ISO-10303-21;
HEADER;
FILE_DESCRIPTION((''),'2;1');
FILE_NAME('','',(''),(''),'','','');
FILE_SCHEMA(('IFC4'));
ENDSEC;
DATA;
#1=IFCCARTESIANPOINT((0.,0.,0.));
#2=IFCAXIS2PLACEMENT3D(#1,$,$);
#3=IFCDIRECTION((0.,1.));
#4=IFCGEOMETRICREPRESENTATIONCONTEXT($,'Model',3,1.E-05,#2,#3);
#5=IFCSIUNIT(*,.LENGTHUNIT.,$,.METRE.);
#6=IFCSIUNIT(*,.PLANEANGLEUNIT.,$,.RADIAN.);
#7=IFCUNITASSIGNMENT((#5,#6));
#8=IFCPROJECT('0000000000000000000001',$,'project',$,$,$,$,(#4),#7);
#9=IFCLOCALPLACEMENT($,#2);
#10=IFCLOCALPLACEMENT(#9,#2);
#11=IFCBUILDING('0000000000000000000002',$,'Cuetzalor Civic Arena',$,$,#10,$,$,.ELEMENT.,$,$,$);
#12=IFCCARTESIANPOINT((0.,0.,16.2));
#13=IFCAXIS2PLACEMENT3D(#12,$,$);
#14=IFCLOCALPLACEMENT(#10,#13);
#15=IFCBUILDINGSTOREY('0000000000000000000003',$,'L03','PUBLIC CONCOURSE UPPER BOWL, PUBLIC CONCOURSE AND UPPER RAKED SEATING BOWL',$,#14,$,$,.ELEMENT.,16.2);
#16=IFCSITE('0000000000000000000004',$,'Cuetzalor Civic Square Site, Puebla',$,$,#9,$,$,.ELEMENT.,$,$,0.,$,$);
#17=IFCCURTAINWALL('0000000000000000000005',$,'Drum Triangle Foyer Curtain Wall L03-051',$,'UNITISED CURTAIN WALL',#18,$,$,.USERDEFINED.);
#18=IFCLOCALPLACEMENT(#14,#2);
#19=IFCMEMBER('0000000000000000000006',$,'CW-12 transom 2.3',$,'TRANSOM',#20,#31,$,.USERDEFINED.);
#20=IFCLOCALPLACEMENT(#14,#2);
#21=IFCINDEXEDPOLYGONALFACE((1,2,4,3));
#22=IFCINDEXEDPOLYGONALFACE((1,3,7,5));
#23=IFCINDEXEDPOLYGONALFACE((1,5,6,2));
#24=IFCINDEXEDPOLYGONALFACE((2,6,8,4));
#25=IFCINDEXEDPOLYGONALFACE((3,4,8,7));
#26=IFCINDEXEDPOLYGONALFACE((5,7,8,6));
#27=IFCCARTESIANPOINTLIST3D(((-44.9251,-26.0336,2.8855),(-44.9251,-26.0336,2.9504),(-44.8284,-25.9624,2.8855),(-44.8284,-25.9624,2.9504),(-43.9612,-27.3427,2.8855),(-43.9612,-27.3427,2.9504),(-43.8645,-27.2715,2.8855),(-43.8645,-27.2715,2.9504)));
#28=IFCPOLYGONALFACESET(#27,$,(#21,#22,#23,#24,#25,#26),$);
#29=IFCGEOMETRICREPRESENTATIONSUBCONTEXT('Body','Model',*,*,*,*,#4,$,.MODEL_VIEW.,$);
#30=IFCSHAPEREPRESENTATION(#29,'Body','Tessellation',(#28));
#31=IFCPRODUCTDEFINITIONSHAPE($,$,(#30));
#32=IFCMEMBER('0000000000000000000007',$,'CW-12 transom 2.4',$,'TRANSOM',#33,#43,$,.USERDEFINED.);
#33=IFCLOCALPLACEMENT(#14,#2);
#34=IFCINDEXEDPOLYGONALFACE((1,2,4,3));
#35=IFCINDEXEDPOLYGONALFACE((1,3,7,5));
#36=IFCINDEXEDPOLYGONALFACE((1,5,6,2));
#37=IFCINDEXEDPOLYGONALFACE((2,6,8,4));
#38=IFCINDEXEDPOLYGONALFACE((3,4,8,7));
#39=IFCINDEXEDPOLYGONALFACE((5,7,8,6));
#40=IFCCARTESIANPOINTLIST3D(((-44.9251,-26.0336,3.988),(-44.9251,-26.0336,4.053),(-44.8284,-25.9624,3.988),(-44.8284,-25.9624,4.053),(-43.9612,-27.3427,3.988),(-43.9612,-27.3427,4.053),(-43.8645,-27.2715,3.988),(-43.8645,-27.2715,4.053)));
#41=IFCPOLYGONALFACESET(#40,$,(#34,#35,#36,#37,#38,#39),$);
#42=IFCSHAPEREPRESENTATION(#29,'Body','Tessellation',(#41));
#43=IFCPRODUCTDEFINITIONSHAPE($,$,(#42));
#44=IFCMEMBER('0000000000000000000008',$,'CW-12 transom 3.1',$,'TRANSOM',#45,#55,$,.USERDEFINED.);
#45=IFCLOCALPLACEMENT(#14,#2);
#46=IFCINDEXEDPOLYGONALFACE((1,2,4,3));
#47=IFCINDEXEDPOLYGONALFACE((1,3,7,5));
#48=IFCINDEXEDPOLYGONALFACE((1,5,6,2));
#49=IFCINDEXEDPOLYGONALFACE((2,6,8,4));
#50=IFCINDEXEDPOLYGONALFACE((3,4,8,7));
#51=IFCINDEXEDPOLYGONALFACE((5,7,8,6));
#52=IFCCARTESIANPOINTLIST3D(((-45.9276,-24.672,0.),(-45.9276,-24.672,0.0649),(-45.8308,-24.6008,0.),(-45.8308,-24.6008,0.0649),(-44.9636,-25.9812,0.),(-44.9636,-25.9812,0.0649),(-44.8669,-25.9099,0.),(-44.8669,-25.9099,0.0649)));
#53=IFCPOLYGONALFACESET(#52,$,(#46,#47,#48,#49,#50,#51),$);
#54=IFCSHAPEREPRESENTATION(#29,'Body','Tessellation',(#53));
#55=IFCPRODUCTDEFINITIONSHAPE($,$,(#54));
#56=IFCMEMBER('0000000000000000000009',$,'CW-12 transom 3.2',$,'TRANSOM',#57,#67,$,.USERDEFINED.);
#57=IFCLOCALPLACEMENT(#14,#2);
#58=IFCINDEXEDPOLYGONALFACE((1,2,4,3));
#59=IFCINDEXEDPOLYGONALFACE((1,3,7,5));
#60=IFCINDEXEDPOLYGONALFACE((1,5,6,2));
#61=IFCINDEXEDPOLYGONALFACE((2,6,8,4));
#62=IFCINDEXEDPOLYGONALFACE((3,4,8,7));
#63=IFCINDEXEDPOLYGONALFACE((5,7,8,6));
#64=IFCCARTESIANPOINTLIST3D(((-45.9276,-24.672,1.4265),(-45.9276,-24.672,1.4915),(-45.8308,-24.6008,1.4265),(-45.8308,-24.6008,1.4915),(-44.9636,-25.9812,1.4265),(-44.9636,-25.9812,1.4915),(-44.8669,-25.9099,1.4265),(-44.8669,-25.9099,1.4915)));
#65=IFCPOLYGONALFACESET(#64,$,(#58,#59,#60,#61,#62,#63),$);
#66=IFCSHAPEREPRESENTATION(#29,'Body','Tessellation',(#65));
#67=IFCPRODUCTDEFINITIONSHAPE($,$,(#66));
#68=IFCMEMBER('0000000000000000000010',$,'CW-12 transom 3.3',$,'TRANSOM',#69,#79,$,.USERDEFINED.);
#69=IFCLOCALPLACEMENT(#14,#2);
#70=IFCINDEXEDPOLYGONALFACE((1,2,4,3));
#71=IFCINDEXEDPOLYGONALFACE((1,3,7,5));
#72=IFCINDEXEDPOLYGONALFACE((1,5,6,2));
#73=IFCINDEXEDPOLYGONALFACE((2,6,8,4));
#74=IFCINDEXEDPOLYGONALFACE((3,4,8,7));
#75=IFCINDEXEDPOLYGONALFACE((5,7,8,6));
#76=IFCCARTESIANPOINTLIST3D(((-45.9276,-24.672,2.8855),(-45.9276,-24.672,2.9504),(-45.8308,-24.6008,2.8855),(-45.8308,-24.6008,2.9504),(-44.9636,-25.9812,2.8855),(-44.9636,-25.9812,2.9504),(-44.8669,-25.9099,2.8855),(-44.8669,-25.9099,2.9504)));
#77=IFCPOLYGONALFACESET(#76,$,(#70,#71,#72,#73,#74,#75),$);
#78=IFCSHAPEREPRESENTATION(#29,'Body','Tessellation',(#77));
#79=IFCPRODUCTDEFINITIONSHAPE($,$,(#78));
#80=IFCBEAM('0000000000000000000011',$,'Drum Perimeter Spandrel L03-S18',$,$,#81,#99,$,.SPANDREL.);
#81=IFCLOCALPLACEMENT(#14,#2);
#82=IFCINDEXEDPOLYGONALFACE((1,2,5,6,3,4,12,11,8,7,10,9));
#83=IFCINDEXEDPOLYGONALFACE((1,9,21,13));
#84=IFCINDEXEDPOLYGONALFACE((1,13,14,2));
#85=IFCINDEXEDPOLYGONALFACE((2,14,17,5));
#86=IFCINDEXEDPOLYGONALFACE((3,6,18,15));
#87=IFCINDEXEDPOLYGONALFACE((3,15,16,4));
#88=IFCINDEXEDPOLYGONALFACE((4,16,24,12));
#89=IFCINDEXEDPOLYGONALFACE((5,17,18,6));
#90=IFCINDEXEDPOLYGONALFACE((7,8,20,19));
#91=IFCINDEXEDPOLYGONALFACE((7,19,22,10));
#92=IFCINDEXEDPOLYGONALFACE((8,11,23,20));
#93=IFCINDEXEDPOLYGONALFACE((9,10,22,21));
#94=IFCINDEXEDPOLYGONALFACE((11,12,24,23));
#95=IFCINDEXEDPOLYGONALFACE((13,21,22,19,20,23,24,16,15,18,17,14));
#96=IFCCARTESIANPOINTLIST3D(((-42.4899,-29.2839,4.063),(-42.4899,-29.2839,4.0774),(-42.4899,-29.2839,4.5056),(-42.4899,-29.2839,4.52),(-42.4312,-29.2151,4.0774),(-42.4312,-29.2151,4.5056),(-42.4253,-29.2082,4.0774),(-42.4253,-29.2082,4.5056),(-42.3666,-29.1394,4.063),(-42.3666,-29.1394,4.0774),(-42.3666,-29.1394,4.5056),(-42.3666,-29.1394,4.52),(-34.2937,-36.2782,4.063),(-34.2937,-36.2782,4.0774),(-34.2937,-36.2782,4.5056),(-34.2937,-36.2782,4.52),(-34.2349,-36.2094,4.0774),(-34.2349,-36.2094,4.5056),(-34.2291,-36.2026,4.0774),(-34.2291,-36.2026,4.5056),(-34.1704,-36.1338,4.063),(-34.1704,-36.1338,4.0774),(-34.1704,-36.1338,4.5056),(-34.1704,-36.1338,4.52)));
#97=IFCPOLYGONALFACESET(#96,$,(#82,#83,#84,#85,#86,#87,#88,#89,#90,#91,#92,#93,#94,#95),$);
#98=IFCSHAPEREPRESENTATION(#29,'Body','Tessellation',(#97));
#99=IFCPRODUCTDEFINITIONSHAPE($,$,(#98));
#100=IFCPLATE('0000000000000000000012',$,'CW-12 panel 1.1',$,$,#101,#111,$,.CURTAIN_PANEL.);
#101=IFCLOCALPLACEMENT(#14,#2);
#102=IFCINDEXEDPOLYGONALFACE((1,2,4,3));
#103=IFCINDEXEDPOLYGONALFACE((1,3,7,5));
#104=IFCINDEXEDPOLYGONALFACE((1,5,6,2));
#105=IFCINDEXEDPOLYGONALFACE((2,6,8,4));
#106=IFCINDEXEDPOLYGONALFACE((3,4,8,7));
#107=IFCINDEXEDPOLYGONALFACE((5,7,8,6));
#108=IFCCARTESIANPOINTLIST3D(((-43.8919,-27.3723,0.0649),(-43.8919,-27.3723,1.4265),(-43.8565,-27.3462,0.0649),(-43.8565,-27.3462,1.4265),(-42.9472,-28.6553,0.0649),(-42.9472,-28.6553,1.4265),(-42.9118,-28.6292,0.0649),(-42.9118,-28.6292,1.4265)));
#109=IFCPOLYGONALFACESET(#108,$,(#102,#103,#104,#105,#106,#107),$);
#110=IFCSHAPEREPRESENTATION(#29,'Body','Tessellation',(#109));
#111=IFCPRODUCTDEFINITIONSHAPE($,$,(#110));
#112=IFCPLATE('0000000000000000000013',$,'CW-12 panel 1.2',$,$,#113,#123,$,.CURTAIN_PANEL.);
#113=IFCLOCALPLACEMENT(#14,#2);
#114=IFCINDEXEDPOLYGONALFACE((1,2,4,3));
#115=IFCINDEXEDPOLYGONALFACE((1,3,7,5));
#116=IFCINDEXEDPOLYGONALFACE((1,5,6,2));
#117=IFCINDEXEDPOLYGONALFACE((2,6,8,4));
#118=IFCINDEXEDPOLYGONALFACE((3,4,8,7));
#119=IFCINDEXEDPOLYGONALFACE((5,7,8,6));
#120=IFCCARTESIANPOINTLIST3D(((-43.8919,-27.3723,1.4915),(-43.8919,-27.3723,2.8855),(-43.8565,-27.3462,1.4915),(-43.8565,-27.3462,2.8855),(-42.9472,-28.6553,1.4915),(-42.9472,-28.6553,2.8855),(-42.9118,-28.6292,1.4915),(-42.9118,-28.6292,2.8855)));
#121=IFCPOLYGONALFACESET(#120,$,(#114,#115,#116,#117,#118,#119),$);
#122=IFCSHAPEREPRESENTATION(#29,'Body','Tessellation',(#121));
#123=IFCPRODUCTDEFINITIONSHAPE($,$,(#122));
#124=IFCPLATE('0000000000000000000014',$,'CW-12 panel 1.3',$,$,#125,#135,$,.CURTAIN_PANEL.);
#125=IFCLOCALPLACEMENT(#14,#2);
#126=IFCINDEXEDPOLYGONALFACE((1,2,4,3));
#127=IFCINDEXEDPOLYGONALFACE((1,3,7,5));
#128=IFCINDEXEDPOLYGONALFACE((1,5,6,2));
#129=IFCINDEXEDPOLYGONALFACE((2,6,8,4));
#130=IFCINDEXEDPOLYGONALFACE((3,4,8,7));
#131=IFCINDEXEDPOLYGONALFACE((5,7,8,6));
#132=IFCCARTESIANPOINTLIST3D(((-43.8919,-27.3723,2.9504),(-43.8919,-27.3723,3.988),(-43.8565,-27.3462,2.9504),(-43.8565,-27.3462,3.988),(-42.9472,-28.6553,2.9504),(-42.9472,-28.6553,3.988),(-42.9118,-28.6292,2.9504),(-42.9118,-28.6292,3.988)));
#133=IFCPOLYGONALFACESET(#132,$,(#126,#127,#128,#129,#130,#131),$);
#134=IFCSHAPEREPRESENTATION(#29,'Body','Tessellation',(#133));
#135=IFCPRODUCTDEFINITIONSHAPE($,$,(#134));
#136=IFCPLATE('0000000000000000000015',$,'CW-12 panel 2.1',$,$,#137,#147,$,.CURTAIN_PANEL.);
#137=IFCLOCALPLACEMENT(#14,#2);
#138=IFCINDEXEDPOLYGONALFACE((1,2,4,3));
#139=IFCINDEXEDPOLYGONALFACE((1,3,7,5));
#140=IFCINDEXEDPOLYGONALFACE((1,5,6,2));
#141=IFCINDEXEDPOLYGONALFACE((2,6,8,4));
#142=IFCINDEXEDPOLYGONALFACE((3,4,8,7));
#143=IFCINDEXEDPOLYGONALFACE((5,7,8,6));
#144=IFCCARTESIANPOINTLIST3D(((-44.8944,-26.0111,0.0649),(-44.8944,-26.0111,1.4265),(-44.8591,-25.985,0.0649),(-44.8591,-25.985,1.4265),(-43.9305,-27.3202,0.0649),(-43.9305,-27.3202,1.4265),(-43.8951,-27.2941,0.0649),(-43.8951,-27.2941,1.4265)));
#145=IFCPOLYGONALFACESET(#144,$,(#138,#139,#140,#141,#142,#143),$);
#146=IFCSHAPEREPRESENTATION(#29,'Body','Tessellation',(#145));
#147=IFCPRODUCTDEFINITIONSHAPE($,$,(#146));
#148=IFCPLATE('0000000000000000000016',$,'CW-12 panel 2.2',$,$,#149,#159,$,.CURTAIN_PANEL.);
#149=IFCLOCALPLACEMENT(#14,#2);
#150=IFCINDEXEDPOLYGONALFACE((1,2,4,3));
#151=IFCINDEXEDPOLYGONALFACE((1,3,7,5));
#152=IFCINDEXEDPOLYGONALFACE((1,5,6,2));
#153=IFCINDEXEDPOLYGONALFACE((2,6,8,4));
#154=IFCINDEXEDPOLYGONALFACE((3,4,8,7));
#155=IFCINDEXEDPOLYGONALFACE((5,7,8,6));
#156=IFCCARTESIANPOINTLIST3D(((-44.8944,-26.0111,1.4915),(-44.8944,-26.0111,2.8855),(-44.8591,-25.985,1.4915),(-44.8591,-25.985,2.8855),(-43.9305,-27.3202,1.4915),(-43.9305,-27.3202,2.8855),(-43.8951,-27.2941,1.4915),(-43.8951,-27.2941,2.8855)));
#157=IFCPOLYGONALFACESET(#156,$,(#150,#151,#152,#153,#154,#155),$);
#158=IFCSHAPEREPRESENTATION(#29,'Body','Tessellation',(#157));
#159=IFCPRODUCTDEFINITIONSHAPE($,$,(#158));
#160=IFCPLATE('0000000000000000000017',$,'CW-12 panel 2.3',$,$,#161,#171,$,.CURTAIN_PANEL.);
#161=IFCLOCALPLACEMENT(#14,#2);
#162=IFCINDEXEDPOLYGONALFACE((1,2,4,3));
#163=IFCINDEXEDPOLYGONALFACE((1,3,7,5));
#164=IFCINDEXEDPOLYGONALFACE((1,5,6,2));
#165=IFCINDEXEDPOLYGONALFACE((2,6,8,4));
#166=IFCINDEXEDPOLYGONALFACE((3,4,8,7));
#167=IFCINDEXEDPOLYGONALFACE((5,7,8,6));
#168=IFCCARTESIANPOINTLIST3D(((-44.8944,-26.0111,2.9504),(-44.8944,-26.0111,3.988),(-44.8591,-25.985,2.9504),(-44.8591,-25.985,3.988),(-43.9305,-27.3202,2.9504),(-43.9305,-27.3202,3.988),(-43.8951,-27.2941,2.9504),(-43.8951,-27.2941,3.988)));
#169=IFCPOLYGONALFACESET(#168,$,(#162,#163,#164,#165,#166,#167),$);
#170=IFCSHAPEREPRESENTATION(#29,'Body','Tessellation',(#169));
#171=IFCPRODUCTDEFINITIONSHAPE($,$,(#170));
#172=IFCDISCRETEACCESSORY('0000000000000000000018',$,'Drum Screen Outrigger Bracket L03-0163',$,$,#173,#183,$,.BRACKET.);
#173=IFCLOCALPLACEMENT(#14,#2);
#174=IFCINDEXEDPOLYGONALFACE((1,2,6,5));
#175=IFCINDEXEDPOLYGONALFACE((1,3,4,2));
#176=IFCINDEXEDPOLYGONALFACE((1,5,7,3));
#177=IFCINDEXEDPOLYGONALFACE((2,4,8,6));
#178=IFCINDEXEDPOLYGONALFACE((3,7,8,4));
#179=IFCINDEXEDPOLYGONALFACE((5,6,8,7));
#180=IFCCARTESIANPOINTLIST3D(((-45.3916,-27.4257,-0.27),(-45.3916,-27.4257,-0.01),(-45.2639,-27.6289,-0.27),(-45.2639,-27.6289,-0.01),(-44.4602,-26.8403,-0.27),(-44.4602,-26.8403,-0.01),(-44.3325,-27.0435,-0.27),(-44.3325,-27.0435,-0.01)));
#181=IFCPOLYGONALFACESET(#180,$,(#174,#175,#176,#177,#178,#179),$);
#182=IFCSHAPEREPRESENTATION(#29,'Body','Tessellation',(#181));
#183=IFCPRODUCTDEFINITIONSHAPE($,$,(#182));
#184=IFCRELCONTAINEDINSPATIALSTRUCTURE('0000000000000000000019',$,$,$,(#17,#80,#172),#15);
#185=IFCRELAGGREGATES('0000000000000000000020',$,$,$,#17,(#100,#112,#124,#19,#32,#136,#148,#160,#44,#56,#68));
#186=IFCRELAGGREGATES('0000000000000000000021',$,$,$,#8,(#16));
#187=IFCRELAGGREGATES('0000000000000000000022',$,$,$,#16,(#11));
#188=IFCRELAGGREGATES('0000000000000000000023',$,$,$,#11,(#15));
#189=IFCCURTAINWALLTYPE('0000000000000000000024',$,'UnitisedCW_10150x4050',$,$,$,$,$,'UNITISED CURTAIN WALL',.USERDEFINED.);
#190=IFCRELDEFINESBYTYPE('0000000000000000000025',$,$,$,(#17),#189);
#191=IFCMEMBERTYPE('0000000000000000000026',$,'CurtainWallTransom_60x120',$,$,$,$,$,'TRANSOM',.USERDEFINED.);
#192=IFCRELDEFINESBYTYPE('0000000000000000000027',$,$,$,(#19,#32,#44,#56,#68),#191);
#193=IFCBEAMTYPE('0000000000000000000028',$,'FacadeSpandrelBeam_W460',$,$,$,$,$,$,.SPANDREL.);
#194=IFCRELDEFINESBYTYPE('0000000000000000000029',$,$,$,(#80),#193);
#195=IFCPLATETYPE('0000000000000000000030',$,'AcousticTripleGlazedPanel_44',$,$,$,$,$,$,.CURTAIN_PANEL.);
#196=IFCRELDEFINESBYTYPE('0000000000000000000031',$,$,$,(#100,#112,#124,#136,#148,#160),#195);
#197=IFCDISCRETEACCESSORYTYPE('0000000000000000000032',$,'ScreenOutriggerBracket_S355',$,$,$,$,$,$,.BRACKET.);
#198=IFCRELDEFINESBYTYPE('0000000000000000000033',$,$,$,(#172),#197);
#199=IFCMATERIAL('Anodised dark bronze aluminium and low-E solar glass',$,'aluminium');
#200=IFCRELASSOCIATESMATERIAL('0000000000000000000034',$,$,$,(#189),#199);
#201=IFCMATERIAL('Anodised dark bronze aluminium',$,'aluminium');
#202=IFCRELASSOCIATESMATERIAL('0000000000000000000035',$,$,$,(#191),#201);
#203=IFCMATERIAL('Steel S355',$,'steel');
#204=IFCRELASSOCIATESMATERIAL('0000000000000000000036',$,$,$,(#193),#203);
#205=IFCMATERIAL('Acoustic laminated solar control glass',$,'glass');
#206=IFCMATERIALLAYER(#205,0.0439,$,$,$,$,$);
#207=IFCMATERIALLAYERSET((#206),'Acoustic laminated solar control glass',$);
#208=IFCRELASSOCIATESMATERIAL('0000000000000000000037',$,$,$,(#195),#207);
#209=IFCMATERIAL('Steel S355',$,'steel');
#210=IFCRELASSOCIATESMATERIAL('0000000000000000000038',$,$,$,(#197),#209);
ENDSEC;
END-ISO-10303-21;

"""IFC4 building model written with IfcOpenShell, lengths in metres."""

from ifc_helpers import new_model, si_unit, direction, frame, origin, origin_2d, place, context, subcontext, project, spatial, rectangle, i_section, extrude, material, layer, layer_set, material_profile, profile_set, type_object, element, aggregate, save


model = new_model("IFC4")

# Units and contexts
model_context = context("Model", 3, precision=1e-05, world=origin(), true_north=direction((0.0, 1.0)))
body_context = subcontext(model_context, "Body", "Model", "MODEL_VIEW")
ifc_project = project(units=[si_unit("LENGTHUNIT", "METRE"), si_unit("PLANEANGLEUNIT", "RADIAN")], contexts=[model_context])

# Site, building, storey
site_placement = place(None, origin())
site = spatial("IfcSite", under=ifc_project, at=site_placement, Name="Cuetzalor Civic Square Site, Puebla", CompositionType="ELEMENT", RefElevation=0.0)
building_placement = place(site_placement, origin())
building = spatial("IfcBuilding", under=site, at=building_placement, Name="Cuetzalor Civic Arena", CompositionType="ELEMENT")
storey_placement = place(building_placement, frame((0.0, 0.0, 16.2)))
storey = spatial("IfcBuildingStorey", under=building, at=storey_placement, Name="L03", Description="PUBLIC CONCOURSE UPPER BOWL, PUBLIC CONCOURSE AND UPPER RAKED SEATING BOWL", CompositionType="ELEMENT", Elevation=16.2)

# Curtain wall, members
ifc_material_1 = material(Name="Anodised dark bronze aluminium and low-E solar glass", Category="aluminium")
curtain_wall_type = type_object("IfcCurtainWallType", Name="UnitisedCW_10150x4050", ElementType="UNITISED CURTAIN WALL", PredefinedType="USERDEFINED", material=ifc_material_1)
curtain_wall_placement = place(storey_placement, origin())
curtain_wall = element("IfcCurtainWall", 1, at=curtain_wall_placement, inside=storey, type_object=curtain_wall_type, Name="Drum Triangle Foyer Curtain Wall L03-051", ObjectType="UNITISED CURTAIN WALL", PredefinedType="USERDEFINED")
ifc_material_2 = material(Name="Anodised dark bronze aluminium", Category="aluminium")
ifc_material_profile_1 = material_profile(ifc_material_2, rectangle(XDim=0.1201, YDim=0.0649, at=origin_2d()), Name="ALU TRANSOM 65x120")
ifc_profile_set_1 = profile_set([ifc_material_profile_1], Name="Anodised dark bronze aluminium")
member_type_1 = type_object("IfcMemberType", Name="CurtainWallTransom_60x120", ElementType="TRANSOM", PredefinedType="USERDEFINED", material=ifc_profile_set_1)
member_1_placement = place(storey_placement, frame((-43.9128, -27.3071, 2.918), z_axis=(-0.592912, 0.805267, 0.0), x_axis=(-0.805267, -0.592912, 0.0)))
member_1 = element("IfcMember", 2, at=member_1_placement, type_object=member_type_1, Name="CW-12 transom 2.3", ObjectType="TRANSOM", PredefinedType="USERDEFINED", context=body_context, shape_type="SweptSolid", body=[
    extrude(rectangle(XDim=0.1201, YDim=0.0649, at=origin_2d()), origin(), (0.0, 0.0, 1.0), 1.6257),
])
member_2_placement = place(storey_placement, frame((-43.9128, -27.3071, 4.0205), z_axis=(-0.592912, 0.805267, 0.0), x_axis=(-0.805267, -0.592912, 0.0)))
member_2 = element("IfcMember", 3, at=member_2_placement, type_object=member_type_1, Name="CW-12 transom 2.4", ObjectType="TRANSOM", PredefinedType="USERDEFINED", context=body_context, shape_type="SweptSolid", body=[
    extrude(rectangle(XDim=0.1201, YDim=0.0649, at=origin_2d()), origin(), (0.0, 0.0, 1.0), 1.6257),
])
member_3_placement = place(storey_placement, frame((-44.9153, -25.9456, 0.0325), z_axis=(-0.592912, 0.805267, 0.0), x_axis=(-0.805267, -0.592912, 0.0)))
member_3 = element("IfcMember", 4, at=member_3_placement, type_object=member_type_1, Name="CW-12 transom 3.1", ObjectType="TRANSOM", PredefinedType="USERDEFINED", context=body_context, shape_type="SweptSolid", body=[
    extrude(rectangle(XDim=0.1201, YDim=0.0649, at=origin_2d()), origin(), (0.0, 0.0, 1.0), 1.6257),
])
member_4_placement = place(storey_placement, frame((-44.9153, -25.9456, 1.459), z_axis=(-0.592912, 0.805267, 0.0), x_axis=(-0.805267, -0.592912, 0.0)))
member_4 = element("IfcMember", 5, at=member_4_placement, type_object=member_type_1, Name="CW-12 transom 3.2", ObjectType="TRANSOM", PredefinedType="USERDEFINED", context=body_context, shape_type="SweptSolid", body=[
    extrude(rectangle(XDim=0.1201, YDim=0.0649, at=origin_2d()), origin(), (0.0, 0.0, 1.0), 1.6257),
])
member_5_placement = place(storey_placement, frame((-44.9153, -25.9456, 2.918), z_axis=(-0.592912, 0.805267, 0.0), x_axis=(-0.805267, -0.592912, 0.0)))
member_5 = element("IfcMember", 6, at=member_5_placement, type_object=member_type_1, Name="CW-12 transom 3.3", ObjectType="TRANSOM", PredefinedType="USERDEFINED", context=body_context, shape_type="SweptSolid", body=[
    extrude(rectangle(XDim=0.1201, YDim=0.0649, at=origin_2d()), origin(), (0.0, 0.0, 1.0), 1.6257),
])

# Beam
ifc_material_3 = material(Name="Steel S355", Category="steel")
ifc_material_profile_2 = material_profile(ifc_material_3, i_section(OverallWidth=0.1899, OverallDepth=0.457, WebThickness=0.009, FlangeThickness=0.0144, at=origin_2d()), Name="W460x74")
ifc_profile_set_2 = profile_set([ifc_material_profile_2], Name="Steel S355")
beam_type = type_object("IfcBeamType", Name="FacadeSpandrelBeam_W460", PredefinedType="SPANDREL", material=ifc_profile_set_2)
beam_placement = place(storey_placement, frame((-42.4282, -29.2117, 4.2915), z_axis=(0.760677, -0.649131, 0.0), x_axis=(0.649131, 0.760677, 0.0)))
element("IfcBeam", 7, at=beam_placement, inside=storey, type_object=beam_type, Name="Drum Perimeter Spandrel L03-S18", PredefinedType="SPANDREL", context=body_context, shape_type="SweptSolid", body=[
    extrude(i_section(OverallWidth=0.1899, OverallDepth=0.457, WebThickness=0.009, FlangeThickness=0.0144, at=origin_2d()), origin(), (0.0, 0.0, 1.0), 10.7749),
])

# Plates
ifc_material_4 = material(Name="Acoustic laminated solar control glass", Category="glass")
ifc_layer = layer(ifc_material_4, 0.0439)
ifc_layer_set = layer_set([ifc_layer], Name="Acoustic laminated solar control glass")
plate_type = type_object("IfcPlateType", Name="AcousticTripleGlazedPanel_44", PredefinedType="CURTAIN_PANEL", material=ifc_layer_set)
plate_1_placement = place(storey_placement, frame((-43.4019, -28.0007, 0.0649), z_axis=(0.0, 0.0, 1.0), x_axis=(-0.592929, 0.805255, 0.0)))
plate_1 = element("IfcPlate", 8, at=plate_1_placement, type_object=plate_type, Name="CW-12 panel 1.1", PredefinedType="CURTAIN_PANEL", context=body_context, shape_type="SweptSolid", body=[
    extrude(rectangle(XDim=1.5933, YDim=0.0439, at=origin_2d()), origin(), (0.0, 0.0, 1.0), 1.3616),
])
plate_2_placement = place(storey_placement, frame((-43.4019, -28.0007, 1.4915), z_axis=(0.0, 0.0, 1.0), x_axis=(-0.592929, 0.805255, 0.0)))
plate_2 = element("IfcPlate", 9, at=plate_2_placement, type_object=plate_type, Name="CW-12 panel 1.2", PredefinedType="CURTAIN_PANEL", context=body_context, shape_type="SweptSolid", body=[
    extrude(rectangle(XDim=1.5933, YDim=0.0439, at=origin_2d()), origin(), (0.0, 0.0, 1.0), 1.394),
])
plate_3_placement = place(storey_placement, frame((-43.4019, -28.0007, 2.9504), z_axis=(0.0, 0.0, 1.0), x_axis=(-0.592929, 0.805255, 0.0)))
plate_3 = element("IfcPlate", 10, at=plate_3_placement, type_object=plate_type, Name="CW-12 panel 1.3", PredefinedType="CURTAIN_PANEL", context=body_context, shape_type="SweptSolid", body=[
    extrude(rectangle(XDim=1.5933, YDim=0.0439, at=origin_2d()), origin(), (0.0, 0.0, 1.0), 1.0376),
])
plate_4_placement = place(storey_placement, frame((-44.3948, -26.6526, 0.0649), z_axis=(0.0, 0.0, 1.0), x_axis=(-0.592929, 0.805255, 0.0)))
plate_4 = element("IfcPlate", 11, at=plate_4_placement, type_object=plate_type, Name="CW-12 panel 2.1", PredefinedType="CURTAIN_PANEL", context=body_context, shape_type="SweptSolid", body=[
    extrude(rectangle(XDim=1.6257, YDim=0.0439, at=origin_2d()), origin(), (0.0, 0.0, 1.0), 1.3616),
])
plate_5_placement = place(storey_placement, frame((-44.3948, -26.6526, 1.4915), z_axis=(0.0, 0.0, 1.0), x_axis=(-0.592929, 0.805255, 0.0)))
plate_5 = element("IfcPlate", 12, at=plate_5_placement, type_object=plate_type, Name="CW-12 panel 2.2", PredefinedType="CURTAIN_PANEL", context=body_context, shape_type="SweptSolid", body=[
    extrude(rectangle(XDim=1.6257, YDim=0.0439, at=origin_2d()), origin(), (0.0, 0.0, 1.0), 1.394),
])
plate_6_placement = place(storey_placement, frame((-44.3948, -26.6526, 2.9504), z_axis=(0.0, 0.0, 1.0), x_axis=(-0.592929, 0.805255, 0.0)))
plate_6 = element("IfcPlate", 13, at=plate_6_placement, type_object=plate_type, Name="CW-12 panel 2.3", PredefinedType="CURTAIN_PANEL", context=body_context, shape_type="SweptSolid", body=[
    extrude(rectangle(XDim=1.6257, YDim=0.0439, at=origin_2d()), origin(), (0.0, 0.0, 1.0), 1.0376),
])
aggregate(curtain_wall, [plate_1, plate_2, plate_3, member_1, member_2, plate_4, plate_5, plate_6, member_3, member_4, member_5])

# Discrete accessory
ifc_material_5 = material(Name="Steel S355", Category="steel")
discrete_accessory_type = type_object("IfcDiscreteAccessoryType", Name="ScreenOutriggerBracket_S355", PredefinedType="BRACKET", material=ifc_material_5)
discrete_accessory_placement = place(storey_placement, frame((-44.8621, -27.2346, -0.27), z_axis=(0.0, 0.0, 1.0), x_axis=(-0.846658, -0.532138, 0.0)))
element("IfcDiscreteAccessory", 14, at=discrete_accessory_placement, inside=storey, type_object=discrete_accessory_type, Name="Drum Screen Outrigger Bracket L03-0163", PredefinedType="BRACKET", context=body_context, shape_type="SweptSolid", body=[
    extrude(rectangle(XDim=1.1001, YDim=0.24, at=origin_2d()), origin(), (0.0, 0.0, 1.0), 0.26),
])

save(model, "model.ifc")
